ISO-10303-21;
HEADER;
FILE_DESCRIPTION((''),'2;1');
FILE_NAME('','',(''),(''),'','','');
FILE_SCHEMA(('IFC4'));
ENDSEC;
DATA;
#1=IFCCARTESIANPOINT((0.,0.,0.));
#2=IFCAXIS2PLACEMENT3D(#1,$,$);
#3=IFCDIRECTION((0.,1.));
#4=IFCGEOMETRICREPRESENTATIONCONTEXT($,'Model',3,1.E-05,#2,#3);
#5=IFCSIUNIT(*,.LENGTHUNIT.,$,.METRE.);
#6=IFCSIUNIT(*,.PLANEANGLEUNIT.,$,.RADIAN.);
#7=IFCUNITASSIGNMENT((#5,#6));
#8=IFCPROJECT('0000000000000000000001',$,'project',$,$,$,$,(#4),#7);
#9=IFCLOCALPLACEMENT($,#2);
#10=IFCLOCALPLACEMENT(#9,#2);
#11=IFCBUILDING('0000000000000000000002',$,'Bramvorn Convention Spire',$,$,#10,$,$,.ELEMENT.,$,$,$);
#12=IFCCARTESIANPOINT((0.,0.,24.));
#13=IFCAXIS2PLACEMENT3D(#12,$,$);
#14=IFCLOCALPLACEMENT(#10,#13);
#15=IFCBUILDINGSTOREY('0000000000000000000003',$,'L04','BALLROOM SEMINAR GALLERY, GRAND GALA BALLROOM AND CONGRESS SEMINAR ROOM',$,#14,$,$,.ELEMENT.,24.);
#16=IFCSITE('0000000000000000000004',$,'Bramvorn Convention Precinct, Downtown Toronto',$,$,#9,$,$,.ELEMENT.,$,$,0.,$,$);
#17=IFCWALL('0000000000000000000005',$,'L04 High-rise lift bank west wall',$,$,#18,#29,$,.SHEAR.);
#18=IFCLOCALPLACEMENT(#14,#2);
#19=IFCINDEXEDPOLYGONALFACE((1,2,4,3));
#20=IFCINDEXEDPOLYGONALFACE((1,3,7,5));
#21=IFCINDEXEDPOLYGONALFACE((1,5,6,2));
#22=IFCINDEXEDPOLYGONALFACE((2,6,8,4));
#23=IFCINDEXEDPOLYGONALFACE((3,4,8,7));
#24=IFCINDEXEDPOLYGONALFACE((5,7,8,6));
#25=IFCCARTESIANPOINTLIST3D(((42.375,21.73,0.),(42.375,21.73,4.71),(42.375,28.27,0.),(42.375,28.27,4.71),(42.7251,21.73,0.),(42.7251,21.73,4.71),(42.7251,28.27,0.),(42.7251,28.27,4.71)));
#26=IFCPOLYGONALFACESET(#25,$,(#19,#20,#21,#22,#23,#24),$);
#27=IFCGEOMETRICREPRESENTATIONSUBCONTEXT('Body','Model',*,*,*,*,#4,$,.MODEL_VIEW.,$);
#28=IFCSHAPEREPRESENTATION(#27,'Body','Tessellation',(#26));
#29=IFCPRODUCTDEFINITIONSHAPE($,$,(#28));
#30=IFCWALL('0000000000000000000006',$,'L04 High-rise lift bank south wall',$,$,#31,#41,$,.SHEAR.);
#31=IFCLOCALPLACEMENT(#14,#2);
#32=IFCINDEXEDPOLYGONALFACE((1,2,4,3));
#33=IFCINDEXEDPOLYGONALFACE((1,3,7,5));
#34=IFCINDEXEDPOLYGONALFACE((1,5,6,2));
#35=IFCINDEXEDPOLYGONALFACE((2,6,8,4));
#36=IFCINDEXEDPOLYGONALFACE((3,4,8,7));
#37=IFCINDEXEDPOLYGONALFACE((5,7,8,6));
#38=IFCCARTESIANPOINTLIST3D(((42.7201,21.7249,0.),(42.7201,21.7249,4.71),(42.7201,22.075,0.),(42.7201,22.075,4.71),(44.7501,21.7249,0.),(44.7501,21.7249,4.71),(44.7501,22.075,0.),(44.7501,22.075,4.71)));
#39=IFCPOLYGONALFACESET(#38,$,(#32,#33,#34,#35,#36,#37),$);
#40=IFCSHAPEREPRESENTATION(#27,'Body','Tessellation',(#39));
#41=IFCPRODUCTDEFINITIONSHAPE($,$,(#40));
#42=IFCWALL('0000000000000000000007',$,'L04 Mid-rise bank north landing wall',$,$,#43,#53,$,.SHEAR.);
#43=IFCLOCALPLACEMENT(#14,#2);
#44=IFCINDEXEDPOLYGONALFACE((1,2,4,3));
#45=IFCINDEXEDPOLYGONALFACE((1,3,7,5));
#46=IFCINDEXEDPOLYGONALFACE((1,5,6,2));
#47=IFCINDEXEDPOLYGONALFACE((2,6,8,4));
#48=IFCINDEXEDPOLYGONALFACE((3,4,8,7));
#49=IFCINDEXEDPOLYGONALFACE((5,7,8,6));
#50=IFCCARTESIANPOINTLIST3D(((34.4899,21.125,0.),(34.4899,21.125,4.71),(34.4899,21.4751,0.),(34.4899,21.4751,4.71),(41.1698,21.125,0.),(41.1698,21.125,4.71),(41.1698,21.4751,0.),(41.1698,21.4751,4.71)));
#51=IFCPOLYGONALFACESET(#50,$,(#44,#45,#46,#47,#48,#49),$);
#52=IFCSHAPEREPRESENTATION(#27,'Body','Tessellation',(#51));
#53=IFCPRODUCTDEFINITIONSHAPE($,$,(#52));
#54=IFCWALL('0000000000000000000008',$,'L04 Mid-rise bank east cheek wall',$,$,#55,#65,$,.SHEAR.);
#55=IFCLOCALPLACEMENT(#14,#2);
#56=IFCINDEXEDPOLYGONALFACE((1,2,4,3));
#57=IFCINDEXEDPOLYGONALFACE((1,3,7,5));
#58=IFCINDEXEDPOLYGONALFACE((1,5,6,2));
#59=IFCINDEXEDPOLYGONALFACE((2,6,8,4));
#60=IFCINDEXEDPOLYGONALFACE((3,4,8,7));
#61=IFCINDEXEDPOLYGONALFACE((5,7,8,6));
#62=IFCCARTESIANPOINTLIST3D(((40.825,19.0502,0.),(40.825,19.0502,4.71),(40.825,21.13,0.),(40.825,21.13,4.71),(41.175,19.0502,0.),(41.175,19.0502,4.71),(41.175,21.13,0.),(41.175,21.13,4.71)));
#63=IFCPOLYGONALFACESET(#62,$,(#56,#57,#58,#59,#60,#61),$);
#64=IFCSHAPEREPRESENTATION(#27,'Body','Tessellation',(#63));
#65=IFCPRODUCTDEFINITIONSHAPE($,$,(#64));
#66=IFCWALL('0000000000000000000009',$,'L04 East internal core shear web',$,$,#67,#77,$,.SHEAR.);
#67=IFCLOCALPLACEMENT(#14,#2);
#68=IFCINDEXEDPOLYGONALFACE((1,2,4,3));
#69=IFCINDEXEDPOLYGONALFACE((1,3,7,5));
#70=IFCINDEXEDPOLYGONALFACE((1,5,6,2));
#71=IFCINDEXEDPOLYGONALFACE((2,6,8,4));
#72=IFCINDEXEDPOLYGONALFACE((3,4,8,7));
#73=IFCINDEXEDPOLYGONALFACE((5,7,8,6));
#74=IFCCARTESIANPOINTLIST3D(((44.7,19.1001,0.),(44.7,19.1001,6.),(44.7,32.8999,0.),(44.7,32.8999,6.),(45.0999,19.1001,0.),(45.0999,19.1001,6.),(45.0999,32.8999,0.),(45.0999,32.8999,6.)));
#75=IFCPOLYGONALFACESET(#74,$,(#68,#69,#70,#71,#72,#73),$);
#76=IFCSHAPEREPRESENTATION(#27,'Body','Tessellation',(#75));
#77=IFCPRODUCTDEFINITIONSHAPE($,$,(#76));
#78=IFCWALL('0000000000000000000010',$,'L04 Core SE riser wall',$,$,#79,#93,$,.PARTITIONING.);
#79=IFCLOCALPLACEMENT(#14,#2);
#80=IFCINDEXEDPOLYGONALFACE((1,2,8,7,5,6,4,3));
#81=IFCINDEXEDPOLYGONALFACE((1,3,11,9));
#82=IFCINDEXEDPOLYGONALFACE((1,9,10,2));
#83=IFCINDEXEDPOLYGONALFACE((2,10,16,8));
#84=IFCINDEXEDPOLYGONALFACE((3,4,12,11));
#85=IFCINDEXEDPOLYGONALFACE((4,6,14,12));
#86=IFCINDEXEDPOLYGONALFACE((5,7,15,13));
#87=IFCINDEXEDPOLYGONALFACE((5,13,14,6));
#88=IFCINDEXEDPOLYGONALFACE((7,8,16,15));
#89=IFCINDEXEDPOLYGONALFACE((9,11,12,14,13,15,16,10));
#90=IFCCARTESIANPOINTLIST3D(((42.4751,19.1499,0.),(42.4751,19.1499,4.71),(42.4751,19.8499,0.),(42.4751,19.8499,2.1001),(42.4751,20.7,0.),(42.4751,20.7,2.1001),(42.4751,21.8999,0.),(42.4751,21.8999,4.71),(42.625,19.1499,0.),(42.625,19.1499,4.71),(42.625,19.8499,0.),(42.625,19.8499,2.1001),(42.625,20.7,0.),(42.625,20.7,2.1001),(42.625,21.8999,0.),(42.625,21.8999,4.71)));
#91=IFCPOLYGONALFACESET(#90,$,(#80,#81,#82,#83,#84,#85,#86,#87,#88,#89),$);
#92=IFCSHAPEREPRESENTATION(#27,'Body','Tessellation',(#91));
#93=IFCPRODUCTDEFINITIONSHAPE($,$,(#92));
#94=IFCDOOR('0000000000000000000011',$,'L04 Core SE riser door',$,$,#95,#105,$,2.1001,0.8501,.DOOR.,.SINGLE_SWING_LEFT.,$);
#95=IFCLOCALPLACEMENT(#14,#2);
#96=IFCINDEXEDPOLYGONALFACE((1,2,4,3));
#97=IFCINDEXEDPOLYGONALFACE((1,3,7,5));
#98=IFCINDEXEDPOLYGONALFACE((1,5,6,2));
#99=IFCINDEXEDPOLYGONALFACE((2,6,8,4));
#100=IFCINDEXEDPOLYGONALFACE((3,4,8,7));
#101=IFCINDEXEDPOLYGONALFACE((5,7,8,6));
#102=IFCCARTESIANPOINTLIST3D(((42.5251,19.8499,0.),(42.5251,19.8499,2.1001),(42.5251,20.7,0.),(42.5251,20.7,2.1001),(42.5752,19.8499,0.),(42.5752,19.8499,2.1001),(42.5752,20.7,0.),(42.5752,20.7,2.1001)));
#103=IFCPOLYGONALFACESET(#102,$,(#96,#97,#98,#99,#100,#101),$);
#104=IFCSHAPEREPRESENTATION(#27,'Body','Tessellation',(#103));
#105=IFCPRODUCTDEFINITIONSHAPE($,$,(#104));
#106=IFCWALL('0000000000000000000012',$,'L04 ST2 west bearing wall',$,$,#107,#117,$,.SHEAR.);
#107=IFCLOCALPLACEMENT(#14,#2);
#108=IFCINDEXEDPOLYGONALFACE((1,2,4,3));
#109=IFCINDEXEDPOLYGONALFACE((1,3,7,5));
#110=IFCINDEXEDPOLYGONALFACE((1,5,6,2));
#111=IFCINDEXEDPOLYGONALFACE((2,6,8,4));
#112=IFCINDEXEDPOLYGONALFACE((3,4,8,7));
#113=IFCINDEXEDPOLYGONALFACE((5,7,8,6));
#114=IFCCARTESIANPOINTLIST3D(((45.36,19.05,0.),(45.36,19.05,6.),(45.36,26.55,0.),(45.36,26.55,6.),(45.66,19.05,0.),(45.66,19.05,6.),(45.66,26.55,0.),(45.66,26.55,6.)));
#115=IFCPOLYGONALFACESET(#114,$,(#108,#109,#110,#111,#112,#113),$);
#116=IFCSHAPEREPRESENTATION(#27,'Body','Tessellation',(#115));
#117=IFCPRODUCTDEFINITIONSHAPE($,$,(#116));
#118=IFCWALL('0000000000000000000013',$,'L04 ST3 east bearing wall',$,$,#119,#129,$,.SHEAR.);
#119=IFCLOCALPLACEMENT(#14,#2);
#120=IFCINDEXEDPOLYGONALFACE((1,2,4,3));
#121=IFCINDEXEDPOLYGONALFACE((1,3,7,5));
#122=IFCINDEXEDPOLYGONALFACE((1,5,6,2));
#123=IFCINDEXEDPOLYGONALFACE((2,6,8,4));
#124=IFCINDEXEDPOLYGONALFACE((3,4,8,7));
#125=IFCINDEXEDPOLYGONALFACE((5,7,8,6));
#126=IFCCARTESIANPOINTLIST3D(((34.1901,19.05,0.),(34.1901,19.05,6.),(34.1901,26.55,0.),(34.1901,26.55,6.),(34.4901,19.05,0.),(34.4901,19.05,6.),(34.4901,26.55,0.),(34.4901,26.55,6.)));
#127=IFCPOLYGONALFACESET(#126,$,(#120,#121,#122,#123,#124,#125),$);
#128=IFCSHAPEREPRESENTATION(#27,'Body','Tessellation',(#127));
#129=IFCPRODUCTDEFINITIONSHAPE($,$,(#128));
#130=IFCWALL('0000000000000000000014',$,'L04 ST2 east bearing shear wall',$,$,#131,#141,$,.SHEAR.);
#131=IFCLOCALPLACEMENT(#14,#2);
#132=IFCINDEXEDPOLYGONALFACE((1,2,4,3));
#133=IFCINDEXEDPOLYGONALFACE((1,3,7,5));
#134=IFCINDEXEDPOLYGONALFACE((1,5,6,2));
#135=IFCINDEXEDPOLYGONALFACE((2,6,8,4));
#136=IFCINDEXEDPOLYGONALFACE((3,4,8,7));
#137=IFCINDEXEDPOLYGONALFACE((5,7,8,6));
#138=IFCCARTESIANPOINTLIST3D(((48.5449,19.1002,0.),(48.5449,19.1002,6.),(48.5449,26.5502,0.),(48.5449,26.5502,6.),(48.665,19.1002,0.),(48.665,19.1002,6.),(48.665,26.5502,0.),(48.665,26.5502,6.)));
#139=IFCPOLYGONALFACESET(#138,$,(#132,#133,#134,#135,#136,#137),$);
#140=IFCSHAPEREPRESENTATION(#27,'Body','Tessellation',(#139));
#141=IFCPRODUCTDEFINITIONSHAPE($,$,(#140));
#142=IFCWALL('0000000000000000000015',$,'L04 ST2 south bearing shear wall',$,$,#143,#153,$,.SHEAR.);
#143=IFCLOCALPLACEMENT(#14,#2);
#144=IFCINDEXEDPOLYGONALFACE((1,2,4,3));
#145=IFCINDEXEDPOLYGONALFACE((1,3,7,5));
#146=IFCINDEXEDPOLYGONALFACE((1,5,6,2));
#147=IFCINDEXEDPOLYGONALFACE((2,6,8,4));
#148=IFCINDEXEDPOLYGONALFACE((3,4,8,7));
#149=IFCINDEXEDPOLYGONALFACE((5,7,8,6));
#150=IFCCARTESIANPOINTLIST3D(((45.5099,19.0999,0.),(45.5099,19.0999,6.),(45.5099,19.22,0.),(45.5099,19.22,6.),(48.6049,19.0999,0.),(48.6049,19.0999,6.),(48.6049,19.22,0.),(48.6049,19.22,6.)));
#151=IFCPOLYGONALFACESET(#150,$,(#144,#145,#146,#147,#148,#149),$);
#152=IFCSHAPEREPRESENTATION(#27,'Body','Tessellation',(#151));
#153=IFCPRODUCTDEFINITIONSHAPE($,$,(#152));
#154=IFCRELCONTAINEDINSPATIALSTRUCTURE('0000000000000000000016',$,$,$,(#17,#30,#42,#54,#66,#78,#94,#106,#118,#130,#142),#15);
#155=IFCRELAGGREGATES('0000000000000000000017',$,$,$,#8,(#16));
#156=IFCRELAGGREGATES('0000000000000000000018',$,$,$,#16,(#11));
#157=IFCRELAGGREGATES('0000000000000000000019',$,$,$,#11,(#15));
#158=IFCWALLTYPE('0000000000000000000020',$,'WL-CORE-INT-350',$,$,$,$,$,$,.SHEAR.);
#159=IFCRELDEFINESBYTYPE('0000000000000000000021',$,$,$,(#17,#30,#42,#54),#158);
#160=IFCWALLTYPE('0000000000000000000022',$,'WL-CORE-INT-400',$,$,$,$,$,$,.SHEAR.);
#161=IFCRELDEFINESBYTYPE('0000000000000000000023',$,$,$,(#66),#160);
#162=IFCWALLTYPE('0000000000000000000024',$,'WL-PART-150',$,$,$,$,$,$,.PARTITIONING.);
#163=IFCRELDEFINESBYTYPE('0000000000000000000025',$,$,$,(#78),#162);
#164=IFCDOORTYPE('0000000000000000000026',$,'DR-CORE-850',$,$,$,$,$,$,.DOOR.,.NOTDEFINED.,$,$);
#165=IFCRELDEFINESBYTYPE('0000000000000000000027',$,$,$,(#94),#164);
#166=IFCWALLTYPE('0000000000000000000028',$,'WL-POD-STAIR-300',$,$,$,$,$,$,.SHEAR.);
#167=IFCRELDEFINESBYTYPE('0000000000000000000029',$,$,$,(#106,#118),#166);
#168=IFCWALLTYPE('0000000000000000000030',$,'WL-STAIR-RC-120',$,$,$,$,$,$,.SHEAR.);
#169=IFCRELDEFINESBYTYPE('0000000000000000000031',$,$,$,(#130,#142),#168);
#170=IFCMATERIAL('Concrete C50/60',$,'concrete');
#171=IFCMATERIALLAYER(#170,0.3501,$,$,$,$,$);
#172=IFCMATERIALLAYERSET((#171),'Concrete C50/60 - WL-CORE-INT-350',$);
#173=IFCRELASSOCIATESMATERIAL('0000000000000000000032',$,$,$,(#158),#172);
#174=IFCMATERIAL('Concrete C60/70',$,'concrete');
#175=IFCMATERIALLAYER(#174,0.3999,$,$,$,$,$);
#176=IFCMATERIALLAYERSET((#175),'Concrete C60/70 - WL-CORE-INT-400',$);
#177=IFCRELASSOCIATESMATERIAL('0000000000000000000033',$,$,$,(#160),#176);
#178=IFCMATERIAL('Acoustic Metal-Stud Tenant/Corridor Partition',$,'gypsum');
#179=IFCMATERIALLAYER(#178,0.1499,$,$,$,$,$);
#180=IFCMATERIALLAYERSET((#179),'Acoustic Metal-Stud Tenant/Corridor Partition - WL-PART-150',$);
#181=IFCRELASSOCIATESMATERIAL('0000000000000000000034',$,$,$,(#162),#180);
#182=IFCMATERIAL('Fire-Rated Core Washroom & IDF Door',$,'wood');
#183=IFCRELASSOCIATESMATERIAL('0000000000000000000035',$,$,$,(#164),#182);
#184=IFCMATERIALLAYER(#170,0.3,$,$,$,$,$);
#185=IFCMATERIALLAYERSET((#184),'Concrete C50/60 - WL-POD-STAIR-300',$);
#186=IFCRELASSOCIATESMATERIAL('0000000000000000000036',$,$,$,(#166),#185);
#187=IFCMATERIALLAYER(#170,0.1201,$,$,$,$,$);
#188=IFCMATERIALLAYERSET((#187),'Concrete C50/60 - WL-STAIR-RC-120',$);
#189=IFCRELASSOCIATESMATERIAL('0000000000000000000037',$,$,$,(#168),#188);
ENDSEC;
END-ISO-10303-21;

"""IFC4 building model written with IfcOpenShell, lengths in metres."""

from ifc_helpers import new_model, si_unit, direction, frame, frame_2d, origin, place, context, subcontext, project, spatial, rectangle, extrude, material, layer, layer_set, type_object, element, fill, save


model = new_model("IFC4")

# Units and contexts
model_context = context("Model", 3, precision=1e-05, world=origin(), true_north=direction((0.0, 1.0)))
body_context = subcontext(model_context, "Body", "Model", "MODEL_VIEW")
ifc_project = project(units=[si_unit("LENGTHUNIT", "METRE"), si_unit("PLANEANGLEUNIT", "RADIAN")], contexts=[model_context])

# Site, building, storey
site_placement = place(None, origin())
site = spatial("IfcSite", under=ifc_project, at=site_placement, Name="Bramvorn Convention Precinct, Downtown Toronto", CompositionType="ELEMENT", RefElevation=0.0)
building_placement = place(site_placement, origin())
building = spatial("IfcBuilding", under=site, at=building_placement, Name="Bramvorn Convention Spire", CompositionType="ELEMENT")
storey_placement = place(building_placement, frame((0.0, 0.0, 24.0)))
storey = spatial("IfcBuildingStorey", under=building, at=storey_placement, Name="L04", Description="BALLROOM SEMINAR GALLERY, GRAND GALA BALLROOM AND CONGRESS SEMINAR ROOM", CompositionType="ELEMENT", Elevation=24.0)

# Shared definitions
ifc_material_1 = material(Name="Concrete C60/70", Category="concrete")

# Walls
ifc_material_2 = material(Name="Concrete C50/60", Category="concrete")
ifc_layer_1 = layer(ifc_material_2, 0.3501)
ifc_layer_set_1 = layer_set([ifc_layer_1], Name="Concrete C50/60 - WL-CORE-INT-350")
wall_type_1 = type_object("IfcWallType", Name="WL-CORE-INT-350", PredefinedType="SHEAR", material=ifc_layer_set_1)
wall_1_placement = place(storey_placement, frame((42.55, 21.73, 0.0), z_axis=(0.0, 0.0, 1.0), x_axis=(0.0, 1.0, 0.0)))
element("IfcWall", 1, at=wall_1_placement, inside=storey, type_object=wall_type_1, Name="L04 High-rise lift bank west wall", PredefinedType="SHEAR", context=body_context, shape_type="SweptSolid", body=[
    extrude(rectangle(XDim=6.54, YDim=0.3501, at=frame_2d((3.27, 0.0))), origin(), (0.0, 0.0, 1.0), 4.71),
])
wall_2_placement = place(storey_placement, frame((42.72, 21.8999, 0.0), z_axis=(0.0, 0.0, 1.0), x_axis=(1.0, 0.0, 0.0)))
element("IfcWall", 2, at=wall_2_placement, inside=storey, type_object=wall_type_1, Name="L04 High-rise lift bank south wall", PredefinedType="SHEAR", context=body_context, shape_type="SweptSolid", body=[
    extrude(rectangle(XDim=2.03, YDim=0.3501, at=frame_2d((1.0151, 0.0))), origin(), (0.0, 0.0, 1.0), 4.71),
])
wall_3_placement = place(storey_placement, frame((34.49, 21.3, 0.0), z_axis=(0.0, 0.0, 1.0), x_axis=(1.0, 0.0, 0.0)))
element("IfcWall", 3, at=wall_3_placement, inside=storey, type_object=wall_type_1, Name="L04 Mid-rise bank north landing wall", PredefinedType="SHEAR", context=body_context, shape_type="SweptSolid", body=[
    extrude(rectangle(XDim=6.6799, YDim=0.3501, at=frame_2d((3.3398, 0.0))), origin(), (0.0, 0.0, 1.0), 4.71),
])
wall_4_placement = place(storey_placement, frame((41.0, 19.05, 0.0), z_axis=(0.0, 0.0, 1.0), x_axis=(0.0, 1.0, 0.0)))
element("IfcWall", 4, at=wall_4_placement, inside=storey, type_object=wall_type_1, Name="L04 Mid-rise bank east cheek wall", PredefinedType="SHEAR", context=body_context, shape_type="SweptSolid", body=[
    extrude(rectangle(XDim=2.0798, YDim=0.3501, at=frame_2d((1.04, 0.0))), origin(), (0.0, 0.0, 1.0), 4.71),
])
ifc_layer_2 = layer(ifc_material_1, 0.3999)
ifc_layer_set_2 = layer_set([ifc_layer_2], Name="Concrete C60/70 - WL-CORE-INT-400")
wall_type_2 = type_object("IfcWallType", Name="WL-CORE-INT-400", PredefinedType="SHEAR", material=ifc_layer_set_2)
wall_5_placement = place(storey_placement, frame((44.8999, 19.1001, 0.0), z_axis=(0.0, 0.0, 1.0), x_axis=(0.0, 1.0, 0.0)))
element("IfcWall", 5, at=wall_5_placement, inside=storey, type_object=wall_type_2, Name="L04 East internal core shear web", PredefinedType="SHEAR", context=body_context, shape_type="SweptSolid", body=[
    extrude(rectangle(XDim=13.7998, YDim=0.3999, at=frame_2d((6.8999, 0.0))), origin(), (0.0, 0.0, 1.0), 6.0),
])

# Wall, opening, door
ifc_material_3 = material(Name="Acoustic Metal-Stud Tenant/Corridor Partition", Category="gypsum")
ifc_layer_3 = layer(ifc_material_3, 0.1499)
ifc_layer_set_3 = layer_set([ifc_layer_3], Name="Acoustic Metal-Stud Tenant/Corridor Partition - WL-PART-150")
wall_type_3 = type_object("IfcWallType", Name="WL-PART-150", PredefinedType="PARTITIONING", material=ifc_layer_set_3)
wall_6_placement = place(storey_placement, frame((42.55, 19.1499, 0.0), z_axis=(0.0, 0.0, 1.0), x_axis=(0.0, 1.0, 0.0)))
wall_6 = element("IfcWall", 6, at=wall_6_placement, inside=storey, type_object=wall_type_3, Name="L04 Core SE riser wall", PredefinedType="PARTITIONING", context=body_context, shape_type="SweptSolid", body=[
    extrude(rectangle(XDim=2.75, YDim=0.1499, at=frame_2d((1.375, 0.0))), origin(), (0.0, 0.0, 1.0), 4.71),
])
opening_placement = place(wall_6_placement, frame((0.7, 0.0, 0.0)))
opening = element("IfcOpeningElement", 7, at=opening_placement, cuts=wall_6, PredefinedType="OPENING", context=body_context, shape_type="SweptSolid", body=[
    extrude(rectangle(XDim=0.8501, YDim=2.1001, at=frame_2d((0.425, 1.05))), frame((0.0, 0.085, 0.0), z_axis=(0.0, -1.0, 0.0), x_axis=(1.0, 0.0, 0.0)), (0.0, 0.0, 1.0), 0.1699),
])
ifc_material_4 = material(Name="Fire-Rated Core Washroom & IDF Door", Category="wood")
door_type = type_object("IfcDoorType", Name="DR-CORE-850", OperationType="NOTDEFINED", PredefinedType="DOOR", material=ifc_material_4)
door_placement = place(opening_placement, origin())
door = element("IfcDoor", 8, at=door_placement, inside=storey, type_object=door_type, Name="L04 Core SE riser door", OperationType="SINGLE_SWING_LEFT", OverallHeight=2.1001, OverallWidth=0.8501, PredefinedType="DOOR", context=body_context, shape_type="SweptSolid", body=[
    extrude(rectangle(XDim=0.8501, YDim=2.1001, at=frame_2d((0.425, 1.05))), frame((0.0, 0.0249, 0.0), z_axis=(0.0, -1.0, 0.0), x_axis=(1.0, 0.0, 0.0)), (0.0, 0.0, 1.0), 0.05),
])
fill(opening, door)

# Walls
ifc_layer_4 = layer(ifc_material_2, 0.3)
ifc_layer_set_4 = layer_set([ifc_layer_4], Name="Concrete C50/60 - WL-POD-STAIR-300")
wall_type_4 = type_object("IfcWallType", Name="WL-POD-STAIR-300", PredefinedType="SHEAR", material=ifc_layer_set_4)
for number, where, z_axis, x_axis, name in (
    (9, (45.51, 19.05, 0.0), (0.0, 0.0, 1.0), (0.0, 1.0, 0.0), "L04 ST2 west bearing wall"),
    (10, (34.3401, 19.05, 0.0), (0.0, 0.0, 1.0), (0.0, 1.0, 0.0), "L04 ST3 east bearing wall"),
):
    element("IfcWall", number, at=place(storey_placement, frame(where, z_axis=z_axis, x_axis=x_axis)), inside=storey, type_object=wall_type_4, Name=name, PredefinedType="SHEAR", context=body_context, shape_type="SweptSolid", body=[
        extrude(rectangle(XDim=7.5, YDim=0.3, at=frame_2d((3.75, 0.0))), origin(), (0.0, 0.0, 1.0), 6.0),
    ])
ifc_layer_5 = layer(ifc_material_2, 0.1201)
ifc_layer_set_5 = layer_set([ifc_layer_5], Name="Concrete C50/60 - WL-STAIR-RC-120")
wall_type_5 = type_object("IfcWallType", Name="WL-STAIR-RC-120", PredefinedType="SHEAR", material=ifc_layer_set_5)
wall_7_placement = place(storey_placement, frame((48.605, 19.1001, 0.0), z_axis=(0.0, 0.0, 1.0), x_axis=(0.0, 1.0, 0.0)))
element("IfcWall", 11, at=wall_7_placement, inside=storey, type_object=wall_type_5, Name="L04 ST2 east bearing shear wall", PredefinedType="SHEAR", context=body_context, shape_type="SweptSolid", body=[
    extrude(rectangle(XDim=7.45, YDim=0.1201, at=frame_2d((3.7251, 0.0))), origin(), (0.0, 0.0, 1.0), 6.0),
])
wall_8_placement = place(storey_placement, frame((45.51, 19.1599, 0.0), z_axis=(0.0, 0.0, 1.0), x_axis=(1.0, 0.0, 0.0)))
element("IfcWall", 12, at=wall_8_placement, inside=storey, type_object=wall_type_5, Name="L04 ST2 south bearing shear wall", PredefinedType="SHEAR", context=body_context, shape_type="SweptSolid", body=[
    extrude(rectangle(XDim=3.095, YDim=0.1201, at=frame_2d((1.5474, 0.0))), origin(), (0.0, 0.0, 1.0), 6.0),
])

save(model, "model.ifc")
